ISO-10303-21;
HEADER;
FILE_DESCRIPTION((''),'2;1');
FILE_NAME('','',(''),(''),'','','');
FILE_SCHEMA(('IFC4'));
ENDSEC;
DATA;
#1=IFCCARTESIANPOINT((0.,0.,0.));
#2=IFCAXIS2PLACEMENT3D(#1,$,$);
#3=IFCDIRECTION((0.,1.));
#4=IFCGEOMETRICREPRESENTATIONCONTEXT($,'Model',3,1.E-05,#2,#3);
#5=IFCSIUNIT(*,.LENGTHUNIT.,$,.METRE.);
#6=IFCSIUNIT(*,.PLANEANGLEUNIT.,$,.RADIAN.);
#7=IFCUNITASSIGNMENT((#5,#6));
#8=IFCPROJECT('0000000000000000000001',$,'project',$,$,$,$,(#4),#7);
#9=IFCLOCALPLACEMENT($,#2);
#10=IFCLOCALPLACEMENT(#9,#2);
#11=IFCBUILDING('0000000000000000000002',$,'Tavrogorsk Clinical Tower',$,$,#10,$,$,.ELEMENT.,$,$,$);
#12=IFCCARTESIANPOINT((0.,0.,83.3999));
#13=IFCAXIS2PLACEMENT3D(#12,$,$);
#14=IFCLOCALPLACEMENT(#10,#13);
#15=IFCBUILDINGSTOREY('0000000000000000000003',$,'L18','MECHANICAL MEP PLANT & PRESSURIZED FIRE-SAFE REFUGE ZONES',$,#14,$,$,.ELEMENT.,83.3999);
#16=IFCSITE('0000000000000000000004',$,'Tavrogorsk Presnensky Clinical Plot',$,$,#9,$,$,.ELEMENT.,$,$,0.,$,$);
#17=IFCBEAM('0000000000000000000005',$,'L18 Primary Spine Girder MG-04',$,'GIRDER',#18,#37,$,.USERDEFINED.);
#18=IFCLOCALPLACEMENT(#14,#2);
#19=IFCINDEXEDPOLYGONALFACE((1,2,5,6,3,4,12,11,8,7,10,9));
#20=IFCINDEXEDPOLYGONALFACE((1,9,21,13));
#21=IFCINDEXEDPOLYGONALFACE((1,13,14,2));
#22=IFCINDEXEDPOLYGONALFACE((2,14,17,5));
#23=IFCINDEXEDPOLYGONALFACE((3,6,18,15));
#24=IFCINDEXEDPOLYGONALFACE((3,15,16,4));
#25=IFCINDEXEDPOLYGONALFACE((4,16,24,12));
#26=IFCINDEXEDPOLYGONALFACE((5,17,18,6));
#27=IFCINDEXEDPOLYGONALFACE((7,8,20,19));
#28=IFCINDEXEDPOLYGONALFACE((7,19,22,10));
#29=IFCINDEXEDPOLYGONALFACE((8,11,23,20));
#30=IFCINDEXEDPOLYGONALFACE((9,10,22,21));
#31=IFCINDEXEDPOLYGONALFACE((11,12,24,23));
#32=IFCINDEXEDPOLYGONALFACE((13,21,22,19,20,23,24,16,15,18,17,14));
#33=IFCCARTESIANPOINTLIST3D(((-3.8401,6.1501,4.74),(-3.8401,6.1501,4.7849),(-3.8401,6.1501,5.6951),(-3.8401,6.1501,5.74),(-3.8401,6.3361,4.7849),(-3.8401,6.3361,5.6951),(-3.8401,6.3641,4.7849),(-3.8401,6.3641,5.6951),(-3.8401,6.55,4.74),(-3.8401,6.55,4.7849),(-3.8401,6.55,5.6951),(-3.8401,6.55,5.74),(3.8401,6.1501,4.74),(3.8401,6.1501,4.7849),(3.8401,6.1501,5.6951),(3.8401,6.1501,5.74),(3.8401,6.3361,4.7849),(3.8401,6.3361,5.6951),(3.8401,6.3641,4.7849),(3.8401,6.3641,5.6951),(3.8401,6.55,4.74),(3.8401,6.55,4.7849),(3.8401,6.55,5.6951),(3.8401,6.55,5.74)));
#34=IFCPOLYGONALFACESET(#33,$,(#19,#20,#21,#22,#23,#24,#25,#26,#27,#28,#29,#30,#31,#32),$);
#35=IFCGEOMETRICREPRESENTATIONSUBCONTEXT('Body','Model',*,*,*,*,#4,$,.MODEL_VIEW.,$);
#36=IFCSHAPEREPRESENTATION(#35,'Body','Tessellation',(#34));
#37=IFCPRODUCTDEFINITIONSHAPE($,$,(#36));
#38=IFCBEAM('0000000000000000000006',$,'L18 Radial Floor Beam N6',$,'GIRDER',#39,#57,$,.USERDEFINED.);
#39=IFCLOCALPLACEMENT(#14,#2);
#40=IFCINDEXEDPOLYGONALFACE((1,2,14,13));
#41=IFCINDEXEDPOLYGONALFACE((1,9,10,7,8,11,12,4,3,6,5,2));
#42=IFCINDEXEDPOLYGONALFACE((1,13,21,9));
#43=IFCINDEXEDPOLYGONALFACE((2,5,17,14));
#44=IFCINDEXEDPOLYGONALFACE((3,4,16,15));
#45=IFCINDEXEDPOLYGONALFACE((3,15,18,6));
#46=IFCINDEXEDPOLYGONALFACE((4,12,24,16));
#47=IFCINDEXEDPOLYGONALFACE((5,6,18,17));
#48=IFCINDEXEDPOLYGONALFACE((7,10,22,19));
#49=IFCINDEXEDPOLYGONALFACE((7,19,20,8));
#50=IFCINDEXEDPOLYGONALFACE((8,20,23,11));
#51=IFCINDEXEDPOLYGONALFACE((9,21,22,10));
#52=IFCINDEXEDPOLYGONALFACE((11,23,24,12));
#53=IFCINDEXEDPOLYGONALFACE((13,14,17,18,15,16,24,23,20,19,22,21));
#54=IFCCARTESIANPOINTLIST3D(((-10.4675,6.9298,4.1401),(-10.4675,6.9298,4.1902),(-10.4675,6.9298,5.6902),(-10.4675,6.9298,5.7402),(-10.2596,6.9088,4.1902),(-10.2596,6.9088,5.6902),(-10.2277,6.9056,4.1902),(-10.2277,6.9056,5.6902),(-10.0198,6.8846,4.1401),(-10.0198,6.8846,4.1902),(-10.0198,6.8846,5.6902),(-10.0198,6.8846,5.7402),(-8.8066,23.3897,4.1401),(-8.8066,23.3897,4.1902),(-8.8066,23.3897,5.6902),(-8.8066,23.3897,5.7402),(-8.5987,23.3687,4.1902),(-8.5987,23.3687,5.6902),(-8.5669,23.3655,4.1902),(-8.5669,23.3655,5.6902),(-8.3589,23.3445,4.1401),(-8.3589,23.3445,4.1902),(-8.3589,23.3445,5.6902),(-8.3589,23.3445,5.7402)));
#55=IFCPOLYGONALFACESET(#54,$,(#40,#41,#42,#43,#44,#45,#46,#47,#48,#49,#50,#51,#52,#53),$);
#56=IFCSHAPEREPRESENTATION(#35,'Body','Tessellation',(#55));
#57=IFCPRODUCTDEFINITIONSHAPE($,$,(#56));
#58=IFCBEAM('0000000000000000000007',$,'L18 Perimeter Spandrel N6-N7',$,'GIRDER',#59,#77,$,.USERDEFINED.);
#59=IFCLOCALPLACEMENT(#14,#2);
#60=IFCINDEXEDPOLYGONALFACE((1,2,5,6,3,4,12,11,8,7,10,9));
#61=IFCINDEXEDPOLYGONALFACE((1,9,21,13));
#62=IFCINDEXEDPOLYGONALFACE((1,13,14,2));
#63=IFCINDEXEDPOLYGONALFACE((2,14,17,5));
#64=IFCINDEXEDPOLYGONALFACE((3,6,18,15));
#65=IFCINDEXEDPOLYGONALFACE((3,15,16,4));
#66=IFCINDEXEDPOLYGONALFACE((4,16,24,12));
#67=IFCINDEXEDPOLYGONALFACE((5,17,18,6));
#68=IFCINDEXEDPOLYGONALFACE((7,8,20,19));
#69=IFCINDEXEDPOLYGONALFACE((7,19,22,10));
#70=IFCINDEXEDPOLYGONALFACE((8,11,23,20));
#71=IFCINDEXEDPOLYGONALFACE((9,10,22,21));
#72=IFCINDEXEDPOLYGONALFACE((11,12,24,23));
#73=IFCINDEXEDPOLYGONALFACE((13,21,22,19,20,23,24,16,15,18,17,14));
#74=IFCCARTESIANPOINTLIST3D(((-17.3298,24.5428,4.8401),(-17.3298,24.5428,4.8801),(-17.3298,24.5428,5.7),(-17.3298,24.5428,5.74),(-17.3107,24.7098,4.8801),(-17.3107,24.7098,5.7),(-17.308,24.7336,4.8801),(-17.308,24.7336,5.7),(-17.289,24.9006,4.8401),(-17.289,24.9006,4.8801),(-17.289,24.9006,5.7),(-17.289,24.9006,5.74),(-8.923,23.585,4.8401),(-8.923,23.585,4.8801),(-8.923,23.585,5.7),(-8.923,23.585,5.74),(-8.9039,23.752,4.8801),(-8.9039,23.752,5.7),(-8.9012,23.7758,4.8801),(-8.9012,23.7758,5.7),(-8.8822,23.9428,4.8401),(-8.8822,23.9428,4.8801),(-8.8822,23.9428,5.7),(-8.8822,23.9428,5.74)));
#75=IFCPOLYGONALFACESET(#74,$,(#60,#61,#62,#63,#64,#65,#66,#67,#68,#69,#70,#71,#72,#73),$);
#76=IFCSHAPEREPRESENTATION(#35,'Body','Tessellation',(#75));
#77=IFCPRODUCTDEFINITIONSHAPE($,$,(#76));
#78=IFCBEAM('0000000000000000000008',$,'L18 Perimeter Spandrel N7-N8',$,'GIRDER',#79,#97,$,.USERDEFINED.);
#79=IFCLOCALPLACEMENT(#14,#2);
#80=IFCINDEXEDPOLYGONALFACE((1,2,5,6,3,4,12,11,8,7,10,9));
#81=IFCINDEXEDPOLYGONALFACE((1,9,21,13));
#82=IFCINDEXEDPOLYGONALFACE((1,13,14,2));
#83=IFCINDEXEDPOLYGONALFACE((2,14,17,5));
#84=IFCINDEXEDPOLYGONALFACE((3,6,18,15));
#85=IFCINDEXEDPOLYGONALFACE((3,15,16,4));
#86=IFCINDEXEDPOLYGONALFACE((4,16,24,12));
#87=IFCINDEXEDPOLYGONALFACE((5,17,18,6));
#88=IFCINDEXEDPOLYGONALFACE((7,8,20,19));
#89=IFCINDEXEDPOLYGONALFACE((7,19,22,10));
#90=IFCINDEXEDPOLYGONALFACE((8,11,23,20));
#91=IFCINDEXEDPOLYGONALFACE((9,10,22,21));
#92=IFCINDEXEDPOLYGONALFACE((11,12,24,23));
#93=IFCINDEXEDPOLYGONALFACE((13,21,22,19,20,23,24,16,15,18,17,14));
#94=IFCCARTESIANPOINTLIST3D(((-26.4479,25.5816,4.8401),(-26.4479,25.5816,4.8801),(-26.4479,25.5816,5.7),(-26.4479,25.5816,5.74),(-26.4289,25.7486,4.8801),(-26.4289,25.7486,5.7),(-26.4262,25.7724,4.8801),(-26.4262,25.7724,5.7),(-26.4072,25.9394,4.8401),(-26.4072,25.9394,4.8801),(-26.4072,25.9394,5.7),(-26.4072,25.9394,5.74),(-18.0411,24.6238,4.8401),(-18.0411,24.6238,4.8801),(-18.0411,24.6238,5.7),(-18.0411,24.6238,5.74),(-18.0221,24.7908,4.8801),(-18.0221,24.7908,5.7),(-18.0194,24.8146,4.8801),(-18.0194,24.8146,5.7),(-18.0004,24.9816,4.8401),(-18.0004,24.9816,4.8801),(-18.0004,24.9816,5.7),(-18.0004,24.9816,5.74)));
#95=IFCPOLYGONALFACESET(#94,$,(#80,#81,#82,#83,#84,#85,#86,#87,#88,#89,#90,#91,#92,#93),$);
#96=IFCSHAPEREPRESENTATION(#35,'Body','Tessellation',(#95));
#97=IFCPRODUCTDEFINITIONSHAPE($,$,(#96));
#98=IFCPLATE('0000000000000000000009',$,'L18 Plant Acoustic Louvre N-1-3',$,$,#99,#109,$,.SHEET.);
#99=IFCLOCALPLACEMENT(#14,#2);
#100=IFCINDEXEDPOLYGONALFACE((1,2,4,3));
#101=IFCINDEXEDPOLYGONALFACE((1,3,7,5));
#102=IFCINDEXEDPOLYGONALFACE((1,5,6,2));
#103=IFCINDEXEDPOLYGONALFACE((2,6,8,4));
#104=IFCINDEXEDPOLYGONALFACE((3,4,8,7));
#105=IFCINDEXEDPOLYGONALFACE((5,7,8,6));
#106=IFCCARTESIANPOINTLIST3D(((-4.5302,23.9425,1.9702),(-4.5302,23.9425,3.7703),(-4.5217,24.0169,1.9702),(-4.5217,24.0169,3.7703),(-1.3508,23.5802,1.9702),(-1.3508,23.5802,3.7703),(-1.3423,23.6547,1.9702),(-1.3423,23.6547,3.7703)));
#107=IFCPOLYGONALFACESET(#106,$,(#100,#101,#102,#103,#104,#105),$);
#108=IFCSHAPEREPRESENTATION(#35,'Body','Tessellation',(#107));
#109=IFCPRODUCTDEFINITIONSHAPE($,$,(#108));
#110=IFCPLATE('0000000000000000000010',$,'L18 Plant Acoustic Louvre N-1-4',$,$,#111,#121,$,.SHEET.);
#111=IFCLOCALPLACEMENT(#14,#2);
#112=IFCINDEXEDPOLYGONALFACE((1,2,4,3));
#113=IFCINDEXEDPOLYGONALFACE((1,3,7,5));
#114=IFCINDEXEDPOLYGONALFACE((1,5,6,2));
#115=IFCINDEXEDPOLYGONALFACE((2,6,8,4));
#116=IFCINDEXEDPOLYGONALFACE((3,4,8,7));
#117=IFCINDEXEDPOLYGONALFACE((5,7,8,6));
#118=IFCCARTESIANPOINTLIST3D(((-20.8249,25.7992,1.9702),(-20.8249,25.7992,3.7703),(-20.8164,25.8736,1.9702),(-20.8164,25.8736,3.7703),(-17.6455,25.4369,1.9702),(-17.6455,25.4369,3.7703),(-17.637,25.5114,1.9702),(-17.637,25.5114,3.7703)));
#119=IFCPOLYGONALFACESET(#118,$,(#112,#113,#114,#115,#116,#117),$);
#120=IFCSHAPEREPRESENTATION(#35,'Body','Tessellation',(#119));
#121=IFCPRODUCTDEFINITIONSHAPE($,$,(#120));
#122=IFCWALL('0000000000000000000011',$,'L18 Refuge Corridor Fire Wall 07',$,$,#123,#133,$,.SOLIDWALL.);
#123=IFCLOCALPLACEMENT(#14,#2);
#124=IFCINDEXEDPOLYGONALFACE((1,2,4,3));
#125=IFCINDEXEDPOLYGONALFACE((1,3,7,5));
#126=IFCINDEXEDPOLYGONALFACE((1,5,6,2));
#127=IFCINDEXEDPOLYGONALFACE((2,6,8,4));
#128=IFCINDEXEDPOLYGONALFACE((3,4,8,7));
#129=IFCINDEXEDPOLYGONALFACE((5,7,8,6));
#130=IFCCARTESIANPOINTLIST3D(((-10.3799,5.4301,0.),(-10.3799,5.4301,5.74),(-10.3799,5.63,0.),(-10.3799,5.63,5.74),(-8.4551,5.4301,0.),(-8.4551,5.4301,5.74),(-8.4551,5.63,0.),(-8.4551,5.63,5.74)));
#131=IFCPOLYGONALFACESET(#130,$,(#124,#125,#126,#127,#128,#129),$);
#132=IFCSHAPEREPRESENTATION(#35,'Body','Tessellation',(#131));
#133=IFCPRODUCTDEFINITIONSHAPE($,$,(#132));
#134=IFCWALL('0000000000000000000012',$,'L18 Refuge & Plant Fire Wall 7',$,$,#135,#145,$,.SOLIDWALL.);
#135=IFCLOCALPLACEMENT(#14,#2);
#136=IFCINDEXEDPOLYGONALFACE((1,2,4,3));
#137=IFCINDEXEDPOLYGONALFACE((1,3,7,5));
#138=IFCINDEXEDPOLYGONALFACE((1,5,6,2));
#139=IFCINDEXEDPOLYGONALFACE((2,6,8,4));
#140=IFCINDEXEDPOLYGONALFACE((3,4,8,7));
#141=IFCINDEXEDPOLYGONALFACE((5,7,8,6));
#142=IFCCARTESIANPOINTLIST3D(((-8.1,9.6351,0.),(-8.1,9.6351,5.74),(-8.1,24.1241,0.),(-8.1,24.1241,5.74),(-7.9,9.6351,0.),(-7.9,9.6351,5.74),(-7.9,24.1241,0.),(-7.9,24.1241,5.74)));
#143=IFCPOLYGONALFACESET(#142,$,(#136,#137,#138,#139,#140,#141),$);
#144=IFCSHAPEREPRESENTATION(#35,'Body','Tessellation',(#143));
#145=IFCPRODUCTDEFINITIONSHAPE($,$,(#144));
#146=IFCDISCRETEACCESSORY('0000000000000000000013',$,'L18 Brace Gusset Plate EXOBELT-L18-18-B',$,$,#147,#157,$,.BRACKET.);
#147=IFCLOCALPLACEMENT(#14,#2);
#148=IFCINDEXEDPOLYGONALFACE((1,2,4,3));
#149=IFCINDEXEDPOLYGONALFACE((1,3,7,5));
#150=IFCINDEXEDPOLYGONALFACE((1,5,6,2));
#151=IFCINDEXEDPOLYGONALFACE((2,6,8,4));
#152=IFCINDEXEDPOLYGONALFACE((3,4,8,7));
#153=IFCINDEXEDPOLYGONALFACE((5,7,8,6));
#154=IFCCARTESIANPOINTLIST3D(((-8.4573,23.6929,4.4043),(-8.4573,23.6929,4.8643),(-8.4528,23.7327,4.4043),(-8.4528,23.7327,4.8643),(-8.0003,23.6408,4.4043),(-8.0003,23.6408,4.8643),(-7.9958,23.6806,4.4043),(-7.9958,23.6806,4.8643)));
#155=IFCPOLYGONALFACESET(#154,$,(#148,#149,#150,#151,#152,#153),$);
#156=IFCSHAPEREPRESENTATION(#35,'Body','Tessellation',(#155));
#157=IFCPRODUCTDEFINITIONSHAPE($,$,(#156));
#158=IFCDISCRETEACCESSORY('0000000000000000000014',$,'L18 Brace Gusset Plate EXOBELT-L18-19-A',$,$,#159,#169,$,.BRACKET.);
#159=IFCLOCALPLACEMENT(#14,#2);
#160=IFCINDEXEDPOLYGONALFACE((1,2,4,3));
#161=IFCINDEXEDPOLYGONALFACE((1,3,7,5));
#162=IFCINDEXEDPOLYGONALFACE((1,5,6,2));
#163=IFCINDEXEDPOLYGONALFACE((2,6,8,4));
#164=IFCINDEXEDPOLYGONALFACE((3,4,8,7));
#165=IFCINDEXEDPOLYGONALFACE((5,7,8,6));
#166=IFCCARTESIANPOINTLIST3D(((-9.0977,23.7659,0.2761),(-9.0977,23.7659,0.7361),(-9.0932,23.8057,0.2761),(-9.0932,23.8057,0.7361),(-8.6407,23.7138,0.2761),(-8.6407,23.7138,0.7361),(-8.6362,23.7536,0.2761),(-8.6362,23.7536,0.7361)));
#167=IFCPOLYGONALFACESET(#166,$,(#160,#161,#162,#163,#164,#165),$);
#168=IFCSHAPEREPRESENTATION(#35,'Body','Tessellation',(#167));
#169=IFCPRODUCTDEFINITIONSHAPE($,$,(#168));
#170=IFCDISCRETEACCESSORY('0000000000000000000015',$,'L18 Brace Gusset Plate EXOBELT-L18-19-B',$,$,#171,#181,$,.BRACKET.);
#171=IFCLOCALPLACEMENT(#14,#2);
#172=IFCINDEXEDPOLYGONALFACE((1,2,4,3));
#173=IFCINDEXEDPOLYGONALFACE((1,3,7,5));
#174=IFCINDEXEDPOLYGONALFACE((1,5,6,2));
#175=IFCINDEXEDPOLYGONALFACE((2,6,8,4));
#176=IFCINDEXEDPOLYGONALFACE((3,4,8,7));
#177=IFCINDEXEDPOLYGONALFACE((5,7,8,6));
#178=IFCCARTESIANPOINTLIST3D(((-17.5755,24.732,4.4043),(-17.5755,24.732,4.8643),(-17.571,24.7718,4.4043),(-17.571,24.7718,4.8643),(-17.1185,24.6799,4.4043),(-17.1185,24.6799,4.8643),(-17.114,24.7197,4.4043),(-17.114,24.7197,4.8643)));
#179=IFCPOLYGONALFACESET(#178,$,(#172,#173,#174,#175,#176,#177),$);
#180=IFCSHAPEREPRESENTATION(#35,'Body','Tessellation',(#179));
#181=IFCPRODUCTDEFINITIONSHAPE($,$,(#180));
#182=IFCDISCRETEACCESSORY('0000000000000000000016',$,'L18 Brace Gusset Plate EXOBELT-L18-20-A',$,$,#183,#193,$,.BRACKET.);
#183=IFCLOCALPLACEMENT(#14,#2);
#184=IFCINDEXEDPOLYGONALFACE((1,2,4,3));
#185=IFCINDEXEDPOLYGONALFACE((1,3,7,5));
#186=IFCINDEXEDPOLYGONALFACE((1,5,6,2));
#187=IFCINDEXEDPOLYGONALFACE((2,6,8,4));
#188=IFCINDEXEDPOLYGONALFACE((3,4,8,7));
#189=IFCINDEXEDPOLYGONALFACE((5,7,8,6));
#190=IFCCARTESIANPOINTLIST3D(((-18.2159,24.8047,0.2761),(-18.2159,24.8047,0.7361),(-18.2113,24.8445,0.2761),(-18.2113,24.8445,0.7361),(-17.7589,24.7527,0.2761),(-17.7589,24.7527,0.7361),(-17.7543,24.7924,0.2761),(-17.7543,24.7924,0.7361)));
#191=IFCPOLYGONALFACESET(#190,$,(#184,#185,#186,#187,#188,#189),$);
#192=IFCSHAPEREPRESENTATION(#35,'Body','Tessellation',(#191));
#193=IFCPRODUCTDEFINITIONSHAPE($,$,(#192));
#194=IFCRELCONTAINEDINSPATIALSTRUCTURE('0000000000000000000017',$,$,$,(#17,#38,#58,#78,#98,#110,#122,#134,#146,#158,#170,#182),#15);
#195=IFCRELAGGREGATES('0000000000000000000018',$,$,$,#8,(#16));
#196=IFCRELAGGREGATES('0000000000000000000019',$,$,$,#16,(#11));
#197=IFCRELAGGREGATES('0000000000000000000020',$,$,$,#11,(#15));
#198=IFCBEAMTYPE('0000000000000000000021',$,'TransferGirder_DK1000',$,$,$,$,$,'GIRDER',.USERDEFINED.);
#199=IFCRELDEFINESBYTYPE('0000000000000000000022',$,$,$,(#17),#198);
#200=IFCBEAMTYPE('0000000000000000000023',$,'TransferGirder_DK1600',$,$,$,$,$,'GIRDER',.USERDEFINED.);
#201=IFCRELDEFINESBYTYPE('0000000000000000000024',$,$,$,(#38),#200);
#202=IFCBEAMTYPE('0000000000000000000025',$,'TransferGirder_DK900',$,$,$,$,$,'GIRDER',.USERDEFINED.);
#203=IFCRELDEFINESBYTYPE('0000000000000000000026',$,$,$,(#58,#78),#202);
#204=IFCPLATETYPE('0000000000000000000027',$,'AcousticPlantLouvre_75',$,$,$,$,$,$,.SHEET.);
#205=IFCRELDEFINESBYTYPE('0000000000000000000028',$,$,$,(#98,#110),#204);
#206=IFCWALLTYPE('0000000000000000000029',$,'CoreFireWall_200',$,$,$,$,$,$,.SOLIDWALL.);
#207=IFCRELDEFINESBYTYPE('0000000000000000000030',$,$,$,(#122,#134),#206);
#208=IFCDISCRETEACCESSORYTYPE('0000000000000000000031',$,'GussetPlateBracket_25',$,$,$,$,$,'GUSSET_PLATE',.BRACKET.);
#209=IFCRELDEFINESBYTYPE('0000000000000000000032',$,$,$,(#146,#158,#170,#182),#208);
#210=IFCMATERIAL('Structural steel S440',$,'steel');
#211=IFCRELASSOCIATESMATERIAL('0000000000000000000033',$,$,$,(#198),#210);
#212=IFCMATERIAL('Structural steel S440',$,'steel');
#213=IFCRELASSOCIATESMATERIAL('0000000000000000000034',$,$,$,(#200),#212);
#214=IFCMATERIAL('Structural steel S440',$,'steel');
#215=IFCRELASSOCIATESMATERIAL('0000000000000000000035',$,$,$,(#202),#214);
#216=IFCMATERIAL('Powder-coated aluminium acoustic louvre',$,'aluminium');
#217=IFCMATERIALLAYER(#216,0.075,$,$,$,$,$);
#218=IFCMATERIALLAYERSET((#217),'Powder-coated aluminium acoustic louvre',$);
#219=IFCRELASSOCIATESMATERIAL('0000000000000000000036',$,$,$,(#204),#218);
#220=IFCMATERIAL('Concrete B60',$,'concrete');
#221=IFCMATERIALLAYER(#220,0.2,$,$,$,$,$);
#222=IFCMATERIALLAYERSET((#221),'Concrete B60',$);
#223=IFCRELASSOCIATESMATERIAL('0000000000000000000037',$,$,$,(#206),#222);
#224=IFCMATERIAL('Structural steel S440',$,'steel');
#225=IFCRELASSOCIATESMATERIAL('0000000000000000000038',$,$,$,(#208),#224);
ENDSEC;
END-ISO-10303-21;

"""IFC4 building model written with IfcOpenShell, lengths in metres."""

from ifc_helpers import new_model, si_unit, direction, frame, frame_2d, origin, origin_2d, place, context, subcontext, project, spatial, rectangle, i_section, extrude, material, layer, layer_set, material_profile, profile_set, type_object, element, save


model = new_model("IFC4")

# Units and contexts
model_context = context("Model", 3, precision=1e-05, world=origin(), true_north=direction((0.0, 1.0)))
body_context = subcontext(model_context, "Body", "Model", "MODEL_VIEW")
ifc_project = project(units=[si_unit("LENGTHUNIT", "METRE"), si_unit("PLANEANGLEUNIT", "RADIAN")], contexts=[model_context])

# Site, building, storey
site_placement = place(None, origin())
site = spatial("IfcSite", under=ifc_project, at=site_placement, Name="Tavrogorsk Presnensky Clinical Plot", CompositionType="ELEMENT", RefElevation=0.0)
building_placement = place(site_placement, origin())
building = spatial("IfcBuilding", under=site, at=building_placement, Name="Tavrogorsk Clinical Tower", CompositionType="ELEMENT")
storey_placement = place(building_placement, frame((0.0, 0.0, 83.3999)))
storey = spatial("IfcBuildingStorey", under=building, at=storey_placement, Name="L18", Description="MECHANICAL MEP PLANT & PRESSURIZED FIRE-SAFE REFUGE ZONES", CompositionType="ELEMENT", Elevation=83.3999)

# Beams
ifc_material_1 = material(Name="Structural steel S440", Category="steel")
ifc_material_profile_1 = material_profile(ifc_material_1, i_section(OverallWidth=0.3999, OverallDepth=1.0, WebThickness=0.0281, FlangeThickness=0.0449, at=origin_2d()), Name="DK-1000x400x28x45")
ifc_profile_set_1 = profile_set([ifc_material_profile_1], Name="Structural steel S440")
beam_type_1 = type_object("IfcBeamType", Name="TransferGirder_DK1000", ElementType="GIRDER", PredefinedType="USERDEFINED", material=ifc_profile_set_1)
beam_1_placement = place(storey_placement, frame((-3.8401, 6.3501, 5.24), z_axis=(1.0, 0.0, 0.0), x_axis=(0.0, 1.0, 0.0)))
element("IfcBeam", 1, at=beam_1_placement, inside=storey, type_object=beam_type_1, Name="L18 Primary Spine Girder MG-04", ObjectType="GIRDER", PredefinedType="USERDEFINED", context=body_context, shape_type="SweptSolid", body=[
    extrude(i_section(OverallWidth=0.3999, OverallDepth=1.0, WebThickness=0.0281, FlangeThickness=0.0449, at=origin_2d()), origin(), (0.0, 0.0, 1.0), 7.6802),
])
ifc_material_2 = material(Name="Structural steel S440", Category="steel")
ifc_material_profile_2 = material_profile(ifc_material_2, i_section(OverallWidth=0.45, OverallDepth=1.6001, WebThickness=0.032, FlangeThickness=0.05, at=origin_2d()), Name="DK-1600x450x32x50")
ifc_profile_set_2 = profile_set([ifc_material_profile_2], Name="Structural steel S440")
beam_type_2 = type_object("IfcBeamType", Name="TransferGirder_DK1600", ElementType="GIRDER", PredefinedType="USERDEFINED", material=ifc_profile_set_2)
beam_2_placement = place(storey_placement, frame((-10.2437, 6.9072, 4.9402), z_axis=(0.100395, 0.994948, 0.0), x_axis=(-0.994948, 0.100395, 0.0)))
element("IfcBeam", 2, at=beam_2_placement, inside=storey, type_object=beam_type_2, Name="L18 Radial Floor Beam N6", ObjectType="GIRDER", PredefinedType="USERDEFINED", context=body_context, shape_type="SweptSolid", body=[
    extrude(i_section(OverallWidth=0.45, OverallDepth=1.6001, WebThickness=0.032, FlangeThickness=0.05, at=origin_2d()), origin(), (0.0, 0.0, 1.0), 16.5435),
])
ifc_material_3 = material(Name="Structural steel S440", Category="steel")
ifc_material_profile_3 = material_profile(ifc_material_3, i_section(OverallWidth=0.3601, OverallDepth=0.8999, WebThickness=0.0239, FlangeThickness=0.04, at=origin_2d()), Name="DK-900x360x24x40")
ifc_profile_set_3 = profile_set([ifc_material_profile_3], Name="Structural steel S440")
beam_type_3 = type_object("IfcBeamType", Name="TransferGirder_DK900", ElementType="GIRDER", PredefinedType="USERDEFINED", material=ifc_profile_set_3)
for number, where, z_axis, x_axis, name in (
    (3, (-8.9026, 23.7639, 5.29), (-0.993573, 0.113196, 0.0), (-0.113196, -0.993573, 0.0), "L18 Perimeter Spandrel N6-N7"),
    (4, (-18.0208, 24.8027, 5.29), (-0.993573, 0.113196, 0.0), (-0.113196, -0.993573, 0.0), "L18 Perimeter Spandrel N7-N8"),
):
    element("IfcBeam", number, at=place(storey_placement, frame(where, z_axis=z_axis, x_axis=x_axis)), inside=storey, type_object=beam_type_3, Name=name, ObjectType="GIRDER", PredefinedType="USERDEFINED", context=body_context, shape_type="SweptSolid", body=[
        extrude(i_section(OverallWidth=0.3601, OverallDepth=0.8999, WebThickness=0.0239, FlangeThickness=0.04, at=origin_2d()), origin(), (0.0, 0.0, 1.0), 8.4612),
    ])

# Plates
ifc_material_4 = material(Name="Powder-coated aluminium acoustic louvre", Category="aluminium")
ifc_layer_1 = layer(ifc_material_4, 0.075)
ifc_layer_set_1 = layer_set([ifc_layer_1], Name="Powder-coated aluminium acoustic louvre")
plate_type = type_object("IfcPlateType", Name="AcousticPlantLouvre_75", PredefinedType="SHEET", material=ifc_layer_set_1)
for number, where, z_axis, x_axis, name in (
    (5, (-2.9363, 23.7986, 1.9702), (0.0, 0.0, 1.0), (-0.993572, 0.113204, 0.0), "L18 Plant Acoustic Louvre N-1-3"),
    (6, (-19.231, 25.6553, 1.9702), (0.0, 0.0, 1.0), (-0.993572, 0.113204, 0.0), "L18 Plant Acoustic Louvre N-1-4"),
):
    element("IfcPlate", number, at=place(storey_placement, frame(where, z_axis=z_axis, x_axis=x_axis)), inside=storey, type_object=plate_type, Name=name, PredefinedType="SHEET", context=body_context, shape_type="SweptSolid", body=[
        extrude(rectangle(XDim=3.2, YDim=0.075, at=origin_2d()), origin(), (0.0, 0.0, 1.0), 1.8),
    ])

# Walls
ifc_material_5 = material(Name="Concrete B60", Category="concrete")
ifc_layer_2 = layer(ifc_material_5, 0.2)
ifc_layer_set_2 = layer_set([ifc_layer_2], Name="Concrete B60")
wall_type = type_object("IfcWallType", Name="CoreFireWall_200", PredefinedType="SOLIDWALL", material=ifc_layer_set_2)
wall_1_placement = place(storey_placement, frame((-10.3799, 5.53, 0.0), z_axis=(0.0, 0.0, 1.0), x_axis=(1.0, 0.0, 0.0)))
element("IfcWall", 7, at=wall_1_placement, inside=storey, type_object=wall_type, Name="L18 Refuge Corridor Fire Wall 07", PredefinedType="SOLIDWALL", context=body_context, shape_type="SweptSolid", body=[
    extrude(rectangle(XDim=1.9248, YDim=0.2, at=frame_2d((0.9624, 0.0))), origin(), (0.0, 0.0, 1.0), 5.74),
])
wall_2_placement = place(storey_placement, frame((-8.0, 9.635, 0.0), z_axis=(0.0, 0.0, 1.0), x_axis=(0.0, 1.0, 0.0)))
element("IfcWall", 8, at=wall_2_placement, inside=storey, type_object=wall_type, Name="L18 Refuge & Plant Fire Wall 7", PredefinedType="SOLIDWALL", context=body_context, shape_type="SweptSolid", body=[
    extrude(rectangle(XDim=14.489, YDim=0.2, at=frame_2d((7.2446, 0.0))), origin(), (0.0, 0.0, 1.0), 5.74),
])

# Discrete accessories
ifc_material_6 = material(Name="Structural steel S440", Category="steel")
discrete_accessory_type_1 = type_object("IfcDiscreteAccessoryType", Name="GussetPlateBracket_25", ElementType="GUSSET_PLATE", PredefinedType="BRACKET", material=ifc_material_6)
for number, where, z_axis, x_axis, name in (
    (9, (-8.2266, 23.6868, 4.4043), (0.0, 0.0, 1.0), (-0.993572, 0.113203, 0.0), "L18 Brace Gusset Plate EXOBELT-L18-18-B"),
    (10, (-8.8669, 23.7598, 0.2761), (0.0, 0.0, 1.0), (-0.993572, 0.113203, 0.0), "L18 Brace Gusset Plate EXOBELT-L18-19-A"),
    (11, (-17.3447, 24.7258, 4.4043), (0.0, 0.0, 1.0), (-0.993572, 0.113203, 0.0), "L18 Brace Gusset Plate EXOBELT-L18-19-B"),
    (12, (-17.9851, 24.7986, 0.2761), (0.0, 0.0, 1.0), (-0.993572, 0.113203, 0.0), "L18 Brace Gusset Plate EXOBELT-L18-20-A"),
):
    element("IfcDiscreteAccessory", number, at=place(storey_placement, frame(where, z_axis=z_axis, x_axis=x_axis)), inside=storey, type_object=discrete_accessory_type_1, Name=name, PredefinedType="BRACKET", context=body_context, shape_type="SweptSolid", body=[
        extrude(rectangle(XDim=0.46, YDim=0.04, at=origin_2d()), origin(), (0.0, 0.0, 1.0), 0.46),
    ])

save(model, "model.ifc")
